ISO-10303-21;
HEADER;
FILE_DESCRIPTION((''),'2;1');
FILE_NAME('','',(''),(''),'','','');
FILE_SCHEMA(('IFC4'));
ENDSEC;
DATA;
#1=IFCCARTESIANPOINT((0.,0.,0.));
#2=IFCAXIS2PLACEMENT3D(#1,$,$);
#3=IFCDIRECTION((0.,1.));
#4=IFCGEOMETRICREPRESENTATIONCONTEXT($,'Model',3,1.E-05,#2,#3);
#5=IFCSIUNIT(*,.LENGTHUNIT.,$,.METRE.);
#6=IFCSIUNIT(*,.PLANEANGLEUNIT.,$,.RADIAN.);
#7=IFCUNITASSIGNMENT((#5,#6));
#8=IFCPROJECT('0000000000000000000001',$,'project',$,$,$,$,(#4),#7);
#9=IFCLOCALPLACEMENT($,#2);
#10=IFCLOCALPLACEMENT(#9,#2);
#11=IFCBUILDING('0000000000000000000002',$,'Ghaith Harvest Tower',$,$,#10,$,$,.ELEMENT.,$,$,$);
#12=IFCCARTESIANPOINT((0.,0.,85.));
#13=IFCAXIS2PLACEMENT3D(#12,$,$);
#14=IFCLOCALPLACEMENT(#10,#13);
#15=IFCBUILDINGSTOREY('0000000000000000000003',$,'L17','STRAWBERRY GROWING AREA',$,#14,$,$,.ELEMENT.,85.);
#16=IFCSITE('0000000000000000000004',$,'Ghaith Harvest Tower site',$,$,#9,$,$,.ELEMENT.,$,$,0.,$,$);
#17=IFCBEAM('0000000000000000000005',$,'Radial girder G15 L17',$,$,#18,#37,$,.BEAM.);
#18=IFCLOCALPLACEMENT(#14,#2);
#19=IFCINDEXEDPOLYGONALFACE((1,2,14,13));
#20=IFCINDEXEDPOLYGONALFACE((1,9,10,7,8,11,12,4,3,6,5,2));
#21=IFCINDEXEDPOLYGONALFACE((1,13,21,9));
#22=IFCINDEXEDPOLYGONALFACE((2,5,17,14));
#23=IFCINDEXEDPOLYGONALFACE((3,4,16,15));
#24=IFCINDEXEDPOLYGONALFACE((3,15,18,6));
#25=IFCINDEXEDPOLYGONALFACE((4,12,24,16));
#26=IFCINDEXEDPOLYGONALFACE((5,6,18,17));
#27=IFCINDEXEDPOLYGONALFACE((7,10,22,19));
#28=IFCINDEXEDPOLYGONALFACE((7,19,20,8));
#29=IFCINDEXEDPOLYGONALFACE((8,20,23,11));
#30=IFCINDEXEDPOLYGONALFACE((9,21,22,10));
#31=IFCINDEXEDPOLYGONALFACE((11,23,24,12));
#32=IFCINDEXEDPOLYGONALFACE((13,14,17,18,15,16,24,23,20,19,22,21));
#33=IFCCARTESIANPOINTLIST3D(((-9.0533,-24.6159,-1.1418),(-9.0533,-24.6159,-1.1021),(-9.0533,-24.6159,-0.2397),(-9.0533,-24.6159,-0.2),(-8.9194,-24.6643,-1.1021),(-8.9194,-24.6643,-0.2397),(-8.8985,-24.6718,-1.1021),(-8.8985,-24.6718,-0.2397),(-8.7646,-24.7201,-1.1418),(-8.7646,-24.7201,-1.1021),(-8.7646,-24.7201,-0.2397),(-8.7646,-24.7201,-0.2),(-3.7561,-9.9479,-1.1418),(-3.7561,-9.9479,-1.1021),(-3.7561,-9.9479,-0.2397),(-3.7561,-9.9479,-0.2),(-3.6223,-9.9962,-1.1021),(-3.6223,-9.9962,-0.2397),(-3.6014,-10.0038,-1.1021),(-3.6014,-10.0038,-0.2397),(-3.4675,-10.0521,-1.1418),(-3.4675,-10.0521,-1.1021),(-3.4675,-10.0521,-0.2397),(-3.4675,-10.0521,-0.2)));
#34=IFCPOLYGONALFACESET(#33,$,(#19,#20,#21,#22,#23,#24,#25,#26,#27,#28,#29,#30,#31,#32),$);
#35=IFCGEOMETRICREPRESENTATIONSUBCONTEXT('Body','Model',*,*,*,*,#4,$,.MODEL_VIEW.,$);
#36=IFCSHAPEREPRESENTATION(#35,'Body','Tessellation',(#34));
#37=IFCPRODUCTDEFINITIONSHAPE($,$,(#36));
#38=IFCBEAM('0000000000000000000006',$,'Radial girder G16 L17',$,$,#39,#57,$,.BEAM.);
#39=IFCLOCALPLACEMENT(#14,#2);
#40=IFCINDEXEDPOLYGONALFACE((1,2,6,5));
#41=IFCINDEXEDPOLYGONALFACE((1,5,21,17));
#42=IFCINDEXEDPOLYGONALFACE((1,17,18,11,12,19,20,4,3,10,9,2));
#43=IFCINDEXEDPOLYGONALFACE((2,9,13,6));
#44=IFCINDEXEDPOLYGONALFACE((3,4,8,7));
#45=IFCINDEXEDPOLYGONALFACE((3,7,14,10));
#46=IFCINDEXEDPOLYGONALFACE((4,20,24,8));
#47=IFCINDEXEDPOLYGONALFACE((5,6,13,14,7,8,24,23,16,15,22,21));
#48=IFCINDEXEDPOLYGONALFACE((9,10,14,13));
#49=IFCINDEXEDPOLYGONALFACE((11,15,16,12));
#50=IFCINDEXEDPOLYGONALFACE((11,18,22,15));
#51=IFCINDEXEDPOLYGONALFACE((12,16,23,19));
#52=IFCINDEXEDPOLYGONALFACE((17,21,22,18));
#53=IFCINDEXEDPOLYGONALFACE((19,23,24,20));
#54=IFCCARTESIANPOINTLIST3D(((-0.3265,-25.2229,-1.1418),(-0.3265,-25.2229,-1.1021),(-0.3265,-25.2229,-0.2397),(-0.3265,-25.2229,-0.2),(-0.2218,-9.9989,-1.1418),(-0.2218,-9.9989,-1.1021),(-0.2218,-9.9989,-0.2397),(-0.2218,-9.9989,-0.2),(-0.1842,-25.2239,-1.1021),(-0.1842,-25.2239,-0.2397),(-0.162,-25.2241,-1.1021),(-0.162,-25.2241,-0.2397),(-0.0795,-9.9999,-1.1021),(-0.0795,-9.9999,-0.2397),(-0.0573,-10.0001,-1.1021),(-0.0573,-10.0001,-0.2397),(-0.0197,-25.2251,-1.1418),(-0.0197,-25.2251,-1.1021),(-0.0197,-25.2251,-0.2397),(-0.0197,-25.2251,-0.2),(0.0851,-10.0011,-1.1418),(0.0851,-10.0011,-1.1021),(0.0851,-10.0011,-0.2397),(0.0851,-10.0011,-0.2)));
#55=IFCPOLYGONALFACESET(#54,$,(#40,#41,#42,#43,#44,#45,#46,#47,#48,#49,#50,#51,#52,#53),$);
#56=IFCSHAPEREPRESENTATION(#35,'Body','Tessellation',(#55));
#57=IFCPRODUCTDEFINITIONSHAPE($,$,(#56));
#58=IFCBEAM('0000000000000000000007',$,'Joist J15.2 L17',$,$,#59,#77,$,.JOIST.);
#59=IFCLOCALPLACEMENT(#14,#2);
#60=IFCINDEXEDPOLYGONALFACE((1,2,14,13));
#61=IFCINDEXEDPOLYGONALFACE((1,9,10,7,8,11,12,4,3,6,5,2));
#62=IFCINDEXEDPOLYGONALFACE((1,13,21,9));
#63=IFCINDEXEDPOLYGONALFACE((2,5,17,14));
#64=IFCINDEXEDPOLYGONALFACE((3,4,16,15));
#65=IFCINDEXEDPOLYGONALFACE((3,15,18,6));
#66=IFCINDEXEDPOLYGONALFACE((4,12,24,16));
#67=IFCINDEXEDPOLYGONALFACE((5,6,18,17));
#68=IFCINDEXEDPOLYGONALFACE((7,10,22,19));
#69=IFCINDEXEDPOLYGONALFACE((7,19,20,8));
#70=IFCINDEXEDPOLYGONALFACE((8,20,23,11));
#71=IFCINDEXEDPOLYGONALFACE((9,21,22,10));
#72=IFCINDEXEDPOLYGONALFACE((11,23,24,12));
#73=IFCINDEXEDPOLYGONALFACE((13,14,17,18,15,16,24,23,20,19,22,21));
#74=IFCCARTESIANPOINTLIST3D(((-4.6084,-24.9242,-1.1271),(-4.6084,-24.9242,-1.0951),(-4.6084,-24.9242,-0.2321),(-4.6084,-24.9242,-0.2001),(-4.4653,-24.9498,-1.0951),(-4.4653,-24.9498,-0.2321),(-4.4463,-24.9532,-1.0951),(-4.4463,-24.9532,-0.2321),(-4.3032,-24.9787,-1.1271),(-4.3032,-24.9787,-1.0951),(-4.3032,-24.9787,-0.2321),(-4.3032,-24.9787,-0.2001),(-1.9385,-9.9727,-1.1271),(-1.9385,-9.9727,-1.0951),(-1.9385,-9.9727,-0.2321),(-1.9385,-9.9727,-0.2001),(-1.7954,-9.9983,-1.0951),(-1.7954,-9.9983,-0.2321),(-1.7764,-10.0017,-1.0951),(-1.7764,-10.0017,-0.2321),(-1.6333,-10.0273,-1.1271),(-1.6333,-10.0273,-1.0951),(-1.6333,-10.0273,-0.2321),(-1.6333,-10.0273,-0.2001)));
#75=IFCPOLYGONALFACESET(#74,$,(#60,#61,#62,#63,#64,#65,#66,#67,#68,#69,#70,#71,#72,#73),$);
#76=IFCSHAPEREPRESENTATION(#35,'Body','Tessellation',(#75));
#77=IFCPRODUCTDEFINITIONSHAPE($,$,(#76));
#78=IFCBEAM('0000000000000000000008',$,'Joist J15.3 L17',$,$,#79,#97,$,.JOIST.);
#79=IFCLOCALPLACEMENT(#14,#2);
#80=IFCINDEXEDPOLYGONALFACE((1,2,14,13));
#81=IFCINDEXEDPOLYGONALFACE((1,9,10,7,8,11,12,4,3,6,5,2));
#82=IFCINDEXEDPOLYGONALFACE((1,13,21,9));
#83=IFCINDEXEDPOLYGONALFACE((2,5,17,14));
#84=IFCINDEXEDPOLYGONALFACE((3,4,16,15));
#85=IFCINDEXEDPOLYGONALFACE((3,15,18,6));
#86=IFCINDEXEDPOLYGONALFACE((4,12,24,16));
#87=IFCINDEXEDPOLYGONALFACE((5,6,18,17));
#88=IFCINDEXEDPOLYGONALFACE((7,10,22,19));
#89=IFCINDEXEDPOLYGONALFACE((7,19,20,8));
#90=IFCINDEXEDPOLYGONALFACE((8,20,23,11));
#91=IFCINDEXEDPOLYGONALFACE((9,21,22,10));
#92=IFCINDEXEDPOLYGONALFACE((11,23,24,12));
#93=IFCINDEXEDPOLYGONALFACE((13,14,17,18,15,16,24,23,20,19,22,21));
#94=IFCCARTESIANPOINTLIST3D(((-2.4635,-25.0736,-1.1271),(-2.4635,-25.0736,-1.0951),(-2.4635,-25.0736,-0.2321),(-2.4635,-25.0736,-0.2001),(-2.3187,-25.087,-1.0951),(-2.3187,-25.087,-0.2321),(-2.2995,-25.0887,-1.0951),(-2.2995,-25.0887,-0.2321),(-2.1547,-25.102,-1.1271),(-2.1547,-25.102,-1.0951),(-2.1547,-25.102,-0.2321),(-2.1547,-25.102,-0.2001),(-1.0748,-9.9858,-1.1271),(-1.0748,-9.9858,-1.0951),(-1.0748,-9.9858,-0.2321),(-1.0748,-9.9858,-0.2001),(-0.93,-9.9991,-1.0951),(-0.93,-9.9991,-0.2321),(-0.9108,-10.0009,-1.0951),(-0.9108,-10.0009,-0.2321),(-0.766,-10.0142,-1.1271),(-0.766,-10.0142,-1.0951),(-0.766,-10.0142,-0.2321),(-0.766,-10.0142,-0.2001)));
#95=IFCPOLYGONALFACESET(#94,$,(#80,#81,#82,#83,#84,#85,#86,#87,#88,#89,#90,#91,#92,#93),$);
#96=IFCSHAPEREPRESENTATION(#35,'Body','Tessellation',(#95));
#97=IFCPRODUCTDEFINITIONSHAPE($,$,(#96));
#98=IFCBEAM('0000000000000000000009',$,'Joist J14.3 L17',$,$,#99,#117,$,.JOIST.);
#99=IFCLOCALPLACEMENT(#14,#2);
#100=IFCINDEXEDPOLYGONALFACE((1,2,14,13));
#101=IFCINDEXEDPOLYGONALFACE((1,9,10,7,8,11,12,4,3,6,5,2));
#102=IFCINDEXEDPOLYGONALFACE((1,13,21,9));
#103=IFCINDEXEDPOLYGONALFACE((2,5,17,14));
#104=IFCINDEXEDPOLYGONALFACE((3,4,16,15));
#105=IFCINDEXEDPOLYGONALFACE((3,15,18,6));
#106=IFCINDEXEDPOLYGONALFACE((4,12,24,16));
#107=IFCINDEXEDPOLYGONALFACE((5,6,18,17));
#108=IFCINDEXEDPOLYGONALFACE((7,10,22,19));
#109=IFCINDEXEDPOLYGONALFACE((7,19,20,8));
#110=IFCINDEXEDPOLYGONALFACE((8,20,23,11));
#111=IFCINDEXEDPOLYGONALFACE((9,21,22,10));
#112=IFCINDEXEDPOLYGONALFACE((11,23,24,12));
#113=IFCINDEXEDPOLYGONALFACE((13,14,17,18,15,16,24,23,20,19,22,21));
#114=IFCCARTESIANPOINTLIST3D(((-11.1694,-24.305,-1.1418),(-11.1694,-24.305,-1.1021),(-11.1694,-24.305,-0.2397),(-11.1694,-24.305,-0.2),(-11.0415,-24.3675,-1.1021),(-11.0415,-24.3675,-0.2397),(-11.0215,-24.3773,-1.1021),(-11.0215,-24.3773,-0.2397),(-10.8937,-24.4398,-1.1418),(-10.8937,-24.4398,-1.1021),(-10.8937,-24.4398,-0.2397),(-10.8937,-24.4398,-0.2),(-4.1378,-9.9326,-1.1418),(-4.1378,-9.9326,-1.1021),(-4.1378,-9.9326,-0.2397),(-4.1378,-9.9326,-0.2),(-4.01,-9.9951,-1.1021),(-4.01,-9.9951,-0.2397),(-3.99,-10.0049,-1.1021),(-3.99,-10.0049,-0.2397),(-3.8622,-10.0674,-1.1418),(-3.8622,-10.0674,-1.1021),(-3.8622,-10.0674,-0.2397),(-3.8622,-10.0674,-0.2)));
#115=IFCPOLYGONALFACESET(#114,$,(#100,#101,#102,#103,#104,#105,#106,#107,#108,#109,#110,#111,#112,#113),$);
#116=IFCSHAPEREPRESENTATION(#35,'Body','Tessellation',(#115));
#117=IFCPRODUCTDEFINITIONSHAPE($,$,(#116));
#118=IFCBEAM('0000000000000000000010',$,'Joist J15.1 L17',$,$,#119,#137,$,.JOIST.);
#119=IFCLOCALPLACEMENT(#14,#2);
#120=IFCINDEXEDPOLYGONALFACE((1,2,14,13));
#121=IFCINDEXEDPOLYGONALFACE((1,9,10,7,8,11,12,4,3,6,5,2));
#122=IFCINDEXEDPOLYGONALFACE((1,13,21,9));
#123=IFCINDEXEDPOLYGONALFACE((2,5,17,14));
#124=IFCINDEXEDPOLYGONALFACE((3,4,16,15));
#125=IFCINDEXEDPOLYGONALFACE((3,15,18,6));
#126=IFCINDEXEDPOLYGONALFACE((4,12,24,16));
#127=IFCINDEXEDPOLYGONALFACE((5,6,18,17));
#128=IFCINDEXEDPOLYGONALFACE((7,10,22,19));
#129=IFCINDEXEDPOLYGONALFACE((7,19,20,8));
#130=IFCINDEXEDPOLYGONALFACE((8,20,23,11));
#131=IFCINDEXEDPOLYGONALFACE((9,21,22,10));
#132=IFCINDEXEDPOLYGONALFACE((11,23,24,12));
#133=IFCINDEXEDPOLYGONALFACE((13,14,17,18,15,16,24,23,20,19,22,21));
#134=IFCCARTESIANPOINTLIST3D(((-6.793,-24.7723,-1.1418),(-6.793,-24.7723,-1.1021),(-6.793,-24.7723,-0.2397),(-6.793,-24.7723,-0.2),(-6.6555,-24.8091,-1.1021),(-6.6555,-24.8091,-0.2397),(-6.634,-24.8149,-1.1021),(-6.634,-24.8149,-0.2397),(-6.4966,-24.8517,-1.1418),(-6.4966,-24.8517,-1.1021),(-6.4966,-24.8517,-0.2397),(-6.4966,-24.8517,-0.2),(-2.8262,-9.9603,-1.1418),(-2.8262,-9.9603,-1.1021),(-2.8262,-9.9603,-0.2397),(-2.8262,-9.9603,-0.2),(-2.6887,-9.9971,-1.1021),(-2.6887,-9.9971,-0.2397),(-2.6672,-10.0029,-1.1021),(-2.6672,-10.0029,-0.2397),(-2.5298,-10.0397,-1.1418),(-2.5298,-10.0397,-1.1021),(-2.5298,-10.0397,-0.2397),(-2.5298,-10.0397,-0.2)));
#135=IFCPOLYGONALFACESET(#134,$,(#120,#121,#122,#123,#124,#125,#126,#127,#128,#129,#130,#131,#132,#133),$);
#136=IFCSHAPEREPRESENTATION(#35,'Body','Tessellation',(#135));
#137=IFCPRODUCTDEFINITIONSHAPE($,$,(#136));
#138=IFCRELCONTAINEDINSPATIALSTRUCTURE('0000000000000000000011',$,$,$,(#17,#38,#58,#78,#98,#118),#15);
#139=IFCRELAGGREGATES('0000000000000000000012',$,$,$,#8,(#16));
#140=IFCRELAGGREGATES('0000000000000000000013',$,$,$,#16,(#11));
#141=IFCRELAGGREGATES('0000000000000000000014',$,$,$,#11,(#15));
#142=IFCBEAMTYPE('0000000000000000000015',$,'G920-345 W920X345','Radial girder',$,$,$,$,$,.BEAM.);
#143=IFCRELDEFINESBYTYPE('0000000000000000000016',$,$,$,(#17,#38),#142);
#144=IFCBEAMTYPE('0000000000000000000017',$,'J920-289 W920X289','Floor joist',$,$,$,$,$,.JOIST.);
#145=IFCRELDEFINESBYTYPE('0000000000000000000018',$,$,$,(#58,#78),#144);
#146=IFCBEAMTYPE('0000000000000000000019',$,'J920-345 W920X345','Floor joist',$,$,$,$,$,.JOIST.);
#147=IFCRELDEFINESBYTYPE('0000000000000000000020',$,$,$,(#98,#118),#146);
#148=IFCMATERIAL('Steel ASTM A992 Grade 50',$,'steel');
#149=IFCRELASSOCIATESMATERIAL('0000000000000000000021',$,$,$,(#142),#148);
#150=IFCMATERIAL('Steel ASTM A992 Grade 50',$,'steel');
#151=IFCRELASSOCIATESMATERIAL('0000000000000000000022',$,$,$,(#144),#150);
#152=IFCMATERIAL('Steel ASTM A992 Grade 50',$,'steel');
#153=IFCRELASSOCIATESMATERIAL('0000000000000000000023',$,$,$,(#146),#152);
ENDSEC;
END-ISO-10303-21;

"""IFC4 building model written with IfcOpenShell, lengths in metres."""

from ifc_helpers import new_model, si_unit, direction, frame, origin, origin_2d, place, context, subcontext, project, spatial, i_section, extrude, material, material_profile, profile_set, type_object, element, save


model = new_model("IFC4")

# Units and contexts
model_context = context("Model", 3, precision=1e-05, world=origin(), true_north=direction((0.0, 1.0)))
body_context = subcontext(model_context, "Body", "Model", "MODEL_VIEW")
ifc_project = project(units=[si_unit("LENGTHUNIT", "METRE"), si_unit("PLANEANGLEUNIT", "RADIAN")], contexts=[model_context])

# Site, building, storey
site_placement = place(None, origin())
site = spatial("IfcSite", under=ifc_project, at=site_placement, Name="Ghaith Harvest Tower site", CompositionType="ELEMENT", RefElevation=0.0)
building_placement = place(site_placement, origin())
building = spatial("IfcBuilding", under=site, at=building_placement, Name="Ghaith Harvest Tower", CompositionType="ELEMENT")
storey_placement = place(building_placement, frame((0.0, 0.0, 85.0)))
storey = spatial("IfcBuildingStorey", under=building, at=storey_placement, Name="L17", Description="STRAWBERRY GROWING AREA", CompositionType="ELEMENT", Elevation=85.0)

# Beams
ifc_material_1 = material(Name="Steel ASTM A992 Grade 50", Category="steel")
ifc_material_profile_1 = material_profile(ifc_material_1, i_section(OverallWidth=0.3069, OverallDepth=0.9419, WebThickness=0.0222, FlangeThickness=0.0398, at=origin_2d()), Name="W920X345")
ifc_profile_set_1 = profile_set([ifc_material_profile_1], Name="Steel ASTM A992 Grade 50")
beam_type_1 = type_object("IfcBeamType", Name="G920-345 W920X345", Description="Radial girder", PredefinedType="BEAM", material=ifc_profile_set_1)
beam_1_placement = place(storey_placement, frame((-3.6118, -10.0, -0.6709), z_axis=(-0.339664, -0.940547, 0.0), x_axis=(0.940547, -0.339664, 0.0)))
element("IfcBeam", 1, at=beam_1_placement, inside=storey, type_object=beam_type_1, Name="Radial girder G15 L17", PredefinedType="BEAM", context=body_context, shape_type="SweptSolid", body=[
    extrude(i_section(OverallWidth=0.3069, OverallDepth=0.9419, WebThickness=0.0222, FlangeThickness=0.0398, at=origin_2d()), origin(), (0.0, 0.0, 1.0), 15.5952),
])
beam_2_placement = place(storey_placement, frame((-0.0684, -10.0, -0.6709), z_axis=(-0.006879, -0.999976, 0.0), x_axis=(0.999976, -0.006879, 0.0)))
element("IfcBeam", 2, at=beam_2_placement, inside=storey, type_object=beam_type_1, Name="Radial girder G16 L17", PredefinedType="BEAM", context=body_context, shape_type="SweptSolid", body=[
    extrude(i_section(OverallWidth=0.3069, OverallDepth=0.9419, WebThickness=0.0222, FlangeThickness=0.0398, at=origin_2d()), origin(), (0.0, 0.0, 1.0), 15.2244),
])
ifc_material_2 = material(Name="Steel ASTM A992 Grade 50", Category="steel")
ifc_material_profile_2 = material_profile(ifc_material_2, i_section(OverallWidth=0.3101, OverallDepth=0.927, WebThickness=0.0193, FlangeThickness=0.032, at=origin_2d()), Name="W920X289")
ifc_profile_set_2 = profile_set([ifc_material_profile_2], Name="Steel ASTM A992 Grade 50")
beam_type_2 = type_object("IfcBeamType", Name="J920-289 W920X289", Description="Floor joist", PredefinedType="JOIST", material=ifc_profile_set_2)
beam_3_placement = place(storey_placement, frame((-1.7859, -10.0, -0.6636), z_axis=(-0.175792, -0.984427, 0.0), x_axis=(0.984427, -0.175792, 0.0)))
element("IfcBeam", 3, at=beam_3_placement, inside=storey, type_object=beam_type_2, Name="Joist J15.2 L17", PredefinedType="JOIST", context=body_context, shape_type="SweptSolid", body=[
    extrude(i_section(OverallWidth=0.3101, OverallDepth=0.927, WebThickness=0.0193, FlangeThickness=0.032, at=origin_2d()), origin(), (0.0, 0.0, 1.0), 15.188),
])
beam_4_placement = place(storey_placement, frame((-0.9204, -10.0, -0.6636), z_axis=(-0.091651, -0.995791, 0.0), x_axis=(0.995791, -0.091651, 0.0)))
element("IfcBeam", 4, at=beam_4_placement, inside=storey, type_object=beam_type_2, Name="Joist J15.3 L17", PredefinedType="JOIST", context=body_context, shape_type="SweptSolid", body=[
    extrude(i_section(OverallWidth=0.3101, OverallDepth=0.927, WebThickness=0.0193, FlangeThickness=0.032, at=origin_2d()), origin(), (0.0, 0.0, 1.0), 15.1516),
])
ifc_material_3 = material(Name="Steel ASTM A992 Grade 50", Category="steel")
ifc_material_profile_3 = material_profile(ifc_material_3, i_section(OverallWidth=0.3069, OverallDepth=0.9419, WebThickness=0.0222, FlangeThickness=0.0398, at=origin_2d()), Name="W920X345")
ifc_profile_set_3 = profile_set([ifc_material_profile_3], Name="Steel ASTM A992 Grade 50")
beam_type_3 = type_object("IfcBeamType", Name="J920-345 W920X345", Description="Floor joist", PredefinedType="JOIST", material=ifc_profile_set_3)
beam_5_placement = place(storey_placement, frame((-4.0, -10.0, -0.6709), z_axis=(-0.439464, -0.89826, 0.0), x_axis=(0.89826, -0.439464, 0.0)))
element("IfcBeam", 5, at=beam_5_placement, inside=storey, type_object=beam_type_3, Name="Joist J14.3 L17", PredefinedType="JOIST", context=body_context, shape_type="SweptSolid", body=[
    extrude(i_section(OverallWidth=0.3069, OverallDepth=0.9419, WebThickness=0.0222, FlangeThickness=0.0398, at=origin_2d()), origin(), (0.0, 0.0, 1.0), 16.0002),
])
beam_6_placement = place(storey_placement, frame((-2.678, -10.0, -0.6709), z_axis=(-0.258693, -0.96596, 0.0), x_axis=(0.96596, -0.258693, 0.0)))
element("IfcBeam", 6, at=beam_6_placement, inside=storey, type_object=beam_type_3, Name="Joist J15.1 L17", PredefinedType="JOIST", context=body_context, shape_type="SweptSolid", body=[
    extrude(i_section(OverallWidth=0.3069, OverallDepth=0.9419, WebThickness=0.0222, FlangeThickness=0.0398, at=origin_2d()), origin(), (0.0, 0.0, 1.0), 15.334),
])

save(model, "model.ifc")
